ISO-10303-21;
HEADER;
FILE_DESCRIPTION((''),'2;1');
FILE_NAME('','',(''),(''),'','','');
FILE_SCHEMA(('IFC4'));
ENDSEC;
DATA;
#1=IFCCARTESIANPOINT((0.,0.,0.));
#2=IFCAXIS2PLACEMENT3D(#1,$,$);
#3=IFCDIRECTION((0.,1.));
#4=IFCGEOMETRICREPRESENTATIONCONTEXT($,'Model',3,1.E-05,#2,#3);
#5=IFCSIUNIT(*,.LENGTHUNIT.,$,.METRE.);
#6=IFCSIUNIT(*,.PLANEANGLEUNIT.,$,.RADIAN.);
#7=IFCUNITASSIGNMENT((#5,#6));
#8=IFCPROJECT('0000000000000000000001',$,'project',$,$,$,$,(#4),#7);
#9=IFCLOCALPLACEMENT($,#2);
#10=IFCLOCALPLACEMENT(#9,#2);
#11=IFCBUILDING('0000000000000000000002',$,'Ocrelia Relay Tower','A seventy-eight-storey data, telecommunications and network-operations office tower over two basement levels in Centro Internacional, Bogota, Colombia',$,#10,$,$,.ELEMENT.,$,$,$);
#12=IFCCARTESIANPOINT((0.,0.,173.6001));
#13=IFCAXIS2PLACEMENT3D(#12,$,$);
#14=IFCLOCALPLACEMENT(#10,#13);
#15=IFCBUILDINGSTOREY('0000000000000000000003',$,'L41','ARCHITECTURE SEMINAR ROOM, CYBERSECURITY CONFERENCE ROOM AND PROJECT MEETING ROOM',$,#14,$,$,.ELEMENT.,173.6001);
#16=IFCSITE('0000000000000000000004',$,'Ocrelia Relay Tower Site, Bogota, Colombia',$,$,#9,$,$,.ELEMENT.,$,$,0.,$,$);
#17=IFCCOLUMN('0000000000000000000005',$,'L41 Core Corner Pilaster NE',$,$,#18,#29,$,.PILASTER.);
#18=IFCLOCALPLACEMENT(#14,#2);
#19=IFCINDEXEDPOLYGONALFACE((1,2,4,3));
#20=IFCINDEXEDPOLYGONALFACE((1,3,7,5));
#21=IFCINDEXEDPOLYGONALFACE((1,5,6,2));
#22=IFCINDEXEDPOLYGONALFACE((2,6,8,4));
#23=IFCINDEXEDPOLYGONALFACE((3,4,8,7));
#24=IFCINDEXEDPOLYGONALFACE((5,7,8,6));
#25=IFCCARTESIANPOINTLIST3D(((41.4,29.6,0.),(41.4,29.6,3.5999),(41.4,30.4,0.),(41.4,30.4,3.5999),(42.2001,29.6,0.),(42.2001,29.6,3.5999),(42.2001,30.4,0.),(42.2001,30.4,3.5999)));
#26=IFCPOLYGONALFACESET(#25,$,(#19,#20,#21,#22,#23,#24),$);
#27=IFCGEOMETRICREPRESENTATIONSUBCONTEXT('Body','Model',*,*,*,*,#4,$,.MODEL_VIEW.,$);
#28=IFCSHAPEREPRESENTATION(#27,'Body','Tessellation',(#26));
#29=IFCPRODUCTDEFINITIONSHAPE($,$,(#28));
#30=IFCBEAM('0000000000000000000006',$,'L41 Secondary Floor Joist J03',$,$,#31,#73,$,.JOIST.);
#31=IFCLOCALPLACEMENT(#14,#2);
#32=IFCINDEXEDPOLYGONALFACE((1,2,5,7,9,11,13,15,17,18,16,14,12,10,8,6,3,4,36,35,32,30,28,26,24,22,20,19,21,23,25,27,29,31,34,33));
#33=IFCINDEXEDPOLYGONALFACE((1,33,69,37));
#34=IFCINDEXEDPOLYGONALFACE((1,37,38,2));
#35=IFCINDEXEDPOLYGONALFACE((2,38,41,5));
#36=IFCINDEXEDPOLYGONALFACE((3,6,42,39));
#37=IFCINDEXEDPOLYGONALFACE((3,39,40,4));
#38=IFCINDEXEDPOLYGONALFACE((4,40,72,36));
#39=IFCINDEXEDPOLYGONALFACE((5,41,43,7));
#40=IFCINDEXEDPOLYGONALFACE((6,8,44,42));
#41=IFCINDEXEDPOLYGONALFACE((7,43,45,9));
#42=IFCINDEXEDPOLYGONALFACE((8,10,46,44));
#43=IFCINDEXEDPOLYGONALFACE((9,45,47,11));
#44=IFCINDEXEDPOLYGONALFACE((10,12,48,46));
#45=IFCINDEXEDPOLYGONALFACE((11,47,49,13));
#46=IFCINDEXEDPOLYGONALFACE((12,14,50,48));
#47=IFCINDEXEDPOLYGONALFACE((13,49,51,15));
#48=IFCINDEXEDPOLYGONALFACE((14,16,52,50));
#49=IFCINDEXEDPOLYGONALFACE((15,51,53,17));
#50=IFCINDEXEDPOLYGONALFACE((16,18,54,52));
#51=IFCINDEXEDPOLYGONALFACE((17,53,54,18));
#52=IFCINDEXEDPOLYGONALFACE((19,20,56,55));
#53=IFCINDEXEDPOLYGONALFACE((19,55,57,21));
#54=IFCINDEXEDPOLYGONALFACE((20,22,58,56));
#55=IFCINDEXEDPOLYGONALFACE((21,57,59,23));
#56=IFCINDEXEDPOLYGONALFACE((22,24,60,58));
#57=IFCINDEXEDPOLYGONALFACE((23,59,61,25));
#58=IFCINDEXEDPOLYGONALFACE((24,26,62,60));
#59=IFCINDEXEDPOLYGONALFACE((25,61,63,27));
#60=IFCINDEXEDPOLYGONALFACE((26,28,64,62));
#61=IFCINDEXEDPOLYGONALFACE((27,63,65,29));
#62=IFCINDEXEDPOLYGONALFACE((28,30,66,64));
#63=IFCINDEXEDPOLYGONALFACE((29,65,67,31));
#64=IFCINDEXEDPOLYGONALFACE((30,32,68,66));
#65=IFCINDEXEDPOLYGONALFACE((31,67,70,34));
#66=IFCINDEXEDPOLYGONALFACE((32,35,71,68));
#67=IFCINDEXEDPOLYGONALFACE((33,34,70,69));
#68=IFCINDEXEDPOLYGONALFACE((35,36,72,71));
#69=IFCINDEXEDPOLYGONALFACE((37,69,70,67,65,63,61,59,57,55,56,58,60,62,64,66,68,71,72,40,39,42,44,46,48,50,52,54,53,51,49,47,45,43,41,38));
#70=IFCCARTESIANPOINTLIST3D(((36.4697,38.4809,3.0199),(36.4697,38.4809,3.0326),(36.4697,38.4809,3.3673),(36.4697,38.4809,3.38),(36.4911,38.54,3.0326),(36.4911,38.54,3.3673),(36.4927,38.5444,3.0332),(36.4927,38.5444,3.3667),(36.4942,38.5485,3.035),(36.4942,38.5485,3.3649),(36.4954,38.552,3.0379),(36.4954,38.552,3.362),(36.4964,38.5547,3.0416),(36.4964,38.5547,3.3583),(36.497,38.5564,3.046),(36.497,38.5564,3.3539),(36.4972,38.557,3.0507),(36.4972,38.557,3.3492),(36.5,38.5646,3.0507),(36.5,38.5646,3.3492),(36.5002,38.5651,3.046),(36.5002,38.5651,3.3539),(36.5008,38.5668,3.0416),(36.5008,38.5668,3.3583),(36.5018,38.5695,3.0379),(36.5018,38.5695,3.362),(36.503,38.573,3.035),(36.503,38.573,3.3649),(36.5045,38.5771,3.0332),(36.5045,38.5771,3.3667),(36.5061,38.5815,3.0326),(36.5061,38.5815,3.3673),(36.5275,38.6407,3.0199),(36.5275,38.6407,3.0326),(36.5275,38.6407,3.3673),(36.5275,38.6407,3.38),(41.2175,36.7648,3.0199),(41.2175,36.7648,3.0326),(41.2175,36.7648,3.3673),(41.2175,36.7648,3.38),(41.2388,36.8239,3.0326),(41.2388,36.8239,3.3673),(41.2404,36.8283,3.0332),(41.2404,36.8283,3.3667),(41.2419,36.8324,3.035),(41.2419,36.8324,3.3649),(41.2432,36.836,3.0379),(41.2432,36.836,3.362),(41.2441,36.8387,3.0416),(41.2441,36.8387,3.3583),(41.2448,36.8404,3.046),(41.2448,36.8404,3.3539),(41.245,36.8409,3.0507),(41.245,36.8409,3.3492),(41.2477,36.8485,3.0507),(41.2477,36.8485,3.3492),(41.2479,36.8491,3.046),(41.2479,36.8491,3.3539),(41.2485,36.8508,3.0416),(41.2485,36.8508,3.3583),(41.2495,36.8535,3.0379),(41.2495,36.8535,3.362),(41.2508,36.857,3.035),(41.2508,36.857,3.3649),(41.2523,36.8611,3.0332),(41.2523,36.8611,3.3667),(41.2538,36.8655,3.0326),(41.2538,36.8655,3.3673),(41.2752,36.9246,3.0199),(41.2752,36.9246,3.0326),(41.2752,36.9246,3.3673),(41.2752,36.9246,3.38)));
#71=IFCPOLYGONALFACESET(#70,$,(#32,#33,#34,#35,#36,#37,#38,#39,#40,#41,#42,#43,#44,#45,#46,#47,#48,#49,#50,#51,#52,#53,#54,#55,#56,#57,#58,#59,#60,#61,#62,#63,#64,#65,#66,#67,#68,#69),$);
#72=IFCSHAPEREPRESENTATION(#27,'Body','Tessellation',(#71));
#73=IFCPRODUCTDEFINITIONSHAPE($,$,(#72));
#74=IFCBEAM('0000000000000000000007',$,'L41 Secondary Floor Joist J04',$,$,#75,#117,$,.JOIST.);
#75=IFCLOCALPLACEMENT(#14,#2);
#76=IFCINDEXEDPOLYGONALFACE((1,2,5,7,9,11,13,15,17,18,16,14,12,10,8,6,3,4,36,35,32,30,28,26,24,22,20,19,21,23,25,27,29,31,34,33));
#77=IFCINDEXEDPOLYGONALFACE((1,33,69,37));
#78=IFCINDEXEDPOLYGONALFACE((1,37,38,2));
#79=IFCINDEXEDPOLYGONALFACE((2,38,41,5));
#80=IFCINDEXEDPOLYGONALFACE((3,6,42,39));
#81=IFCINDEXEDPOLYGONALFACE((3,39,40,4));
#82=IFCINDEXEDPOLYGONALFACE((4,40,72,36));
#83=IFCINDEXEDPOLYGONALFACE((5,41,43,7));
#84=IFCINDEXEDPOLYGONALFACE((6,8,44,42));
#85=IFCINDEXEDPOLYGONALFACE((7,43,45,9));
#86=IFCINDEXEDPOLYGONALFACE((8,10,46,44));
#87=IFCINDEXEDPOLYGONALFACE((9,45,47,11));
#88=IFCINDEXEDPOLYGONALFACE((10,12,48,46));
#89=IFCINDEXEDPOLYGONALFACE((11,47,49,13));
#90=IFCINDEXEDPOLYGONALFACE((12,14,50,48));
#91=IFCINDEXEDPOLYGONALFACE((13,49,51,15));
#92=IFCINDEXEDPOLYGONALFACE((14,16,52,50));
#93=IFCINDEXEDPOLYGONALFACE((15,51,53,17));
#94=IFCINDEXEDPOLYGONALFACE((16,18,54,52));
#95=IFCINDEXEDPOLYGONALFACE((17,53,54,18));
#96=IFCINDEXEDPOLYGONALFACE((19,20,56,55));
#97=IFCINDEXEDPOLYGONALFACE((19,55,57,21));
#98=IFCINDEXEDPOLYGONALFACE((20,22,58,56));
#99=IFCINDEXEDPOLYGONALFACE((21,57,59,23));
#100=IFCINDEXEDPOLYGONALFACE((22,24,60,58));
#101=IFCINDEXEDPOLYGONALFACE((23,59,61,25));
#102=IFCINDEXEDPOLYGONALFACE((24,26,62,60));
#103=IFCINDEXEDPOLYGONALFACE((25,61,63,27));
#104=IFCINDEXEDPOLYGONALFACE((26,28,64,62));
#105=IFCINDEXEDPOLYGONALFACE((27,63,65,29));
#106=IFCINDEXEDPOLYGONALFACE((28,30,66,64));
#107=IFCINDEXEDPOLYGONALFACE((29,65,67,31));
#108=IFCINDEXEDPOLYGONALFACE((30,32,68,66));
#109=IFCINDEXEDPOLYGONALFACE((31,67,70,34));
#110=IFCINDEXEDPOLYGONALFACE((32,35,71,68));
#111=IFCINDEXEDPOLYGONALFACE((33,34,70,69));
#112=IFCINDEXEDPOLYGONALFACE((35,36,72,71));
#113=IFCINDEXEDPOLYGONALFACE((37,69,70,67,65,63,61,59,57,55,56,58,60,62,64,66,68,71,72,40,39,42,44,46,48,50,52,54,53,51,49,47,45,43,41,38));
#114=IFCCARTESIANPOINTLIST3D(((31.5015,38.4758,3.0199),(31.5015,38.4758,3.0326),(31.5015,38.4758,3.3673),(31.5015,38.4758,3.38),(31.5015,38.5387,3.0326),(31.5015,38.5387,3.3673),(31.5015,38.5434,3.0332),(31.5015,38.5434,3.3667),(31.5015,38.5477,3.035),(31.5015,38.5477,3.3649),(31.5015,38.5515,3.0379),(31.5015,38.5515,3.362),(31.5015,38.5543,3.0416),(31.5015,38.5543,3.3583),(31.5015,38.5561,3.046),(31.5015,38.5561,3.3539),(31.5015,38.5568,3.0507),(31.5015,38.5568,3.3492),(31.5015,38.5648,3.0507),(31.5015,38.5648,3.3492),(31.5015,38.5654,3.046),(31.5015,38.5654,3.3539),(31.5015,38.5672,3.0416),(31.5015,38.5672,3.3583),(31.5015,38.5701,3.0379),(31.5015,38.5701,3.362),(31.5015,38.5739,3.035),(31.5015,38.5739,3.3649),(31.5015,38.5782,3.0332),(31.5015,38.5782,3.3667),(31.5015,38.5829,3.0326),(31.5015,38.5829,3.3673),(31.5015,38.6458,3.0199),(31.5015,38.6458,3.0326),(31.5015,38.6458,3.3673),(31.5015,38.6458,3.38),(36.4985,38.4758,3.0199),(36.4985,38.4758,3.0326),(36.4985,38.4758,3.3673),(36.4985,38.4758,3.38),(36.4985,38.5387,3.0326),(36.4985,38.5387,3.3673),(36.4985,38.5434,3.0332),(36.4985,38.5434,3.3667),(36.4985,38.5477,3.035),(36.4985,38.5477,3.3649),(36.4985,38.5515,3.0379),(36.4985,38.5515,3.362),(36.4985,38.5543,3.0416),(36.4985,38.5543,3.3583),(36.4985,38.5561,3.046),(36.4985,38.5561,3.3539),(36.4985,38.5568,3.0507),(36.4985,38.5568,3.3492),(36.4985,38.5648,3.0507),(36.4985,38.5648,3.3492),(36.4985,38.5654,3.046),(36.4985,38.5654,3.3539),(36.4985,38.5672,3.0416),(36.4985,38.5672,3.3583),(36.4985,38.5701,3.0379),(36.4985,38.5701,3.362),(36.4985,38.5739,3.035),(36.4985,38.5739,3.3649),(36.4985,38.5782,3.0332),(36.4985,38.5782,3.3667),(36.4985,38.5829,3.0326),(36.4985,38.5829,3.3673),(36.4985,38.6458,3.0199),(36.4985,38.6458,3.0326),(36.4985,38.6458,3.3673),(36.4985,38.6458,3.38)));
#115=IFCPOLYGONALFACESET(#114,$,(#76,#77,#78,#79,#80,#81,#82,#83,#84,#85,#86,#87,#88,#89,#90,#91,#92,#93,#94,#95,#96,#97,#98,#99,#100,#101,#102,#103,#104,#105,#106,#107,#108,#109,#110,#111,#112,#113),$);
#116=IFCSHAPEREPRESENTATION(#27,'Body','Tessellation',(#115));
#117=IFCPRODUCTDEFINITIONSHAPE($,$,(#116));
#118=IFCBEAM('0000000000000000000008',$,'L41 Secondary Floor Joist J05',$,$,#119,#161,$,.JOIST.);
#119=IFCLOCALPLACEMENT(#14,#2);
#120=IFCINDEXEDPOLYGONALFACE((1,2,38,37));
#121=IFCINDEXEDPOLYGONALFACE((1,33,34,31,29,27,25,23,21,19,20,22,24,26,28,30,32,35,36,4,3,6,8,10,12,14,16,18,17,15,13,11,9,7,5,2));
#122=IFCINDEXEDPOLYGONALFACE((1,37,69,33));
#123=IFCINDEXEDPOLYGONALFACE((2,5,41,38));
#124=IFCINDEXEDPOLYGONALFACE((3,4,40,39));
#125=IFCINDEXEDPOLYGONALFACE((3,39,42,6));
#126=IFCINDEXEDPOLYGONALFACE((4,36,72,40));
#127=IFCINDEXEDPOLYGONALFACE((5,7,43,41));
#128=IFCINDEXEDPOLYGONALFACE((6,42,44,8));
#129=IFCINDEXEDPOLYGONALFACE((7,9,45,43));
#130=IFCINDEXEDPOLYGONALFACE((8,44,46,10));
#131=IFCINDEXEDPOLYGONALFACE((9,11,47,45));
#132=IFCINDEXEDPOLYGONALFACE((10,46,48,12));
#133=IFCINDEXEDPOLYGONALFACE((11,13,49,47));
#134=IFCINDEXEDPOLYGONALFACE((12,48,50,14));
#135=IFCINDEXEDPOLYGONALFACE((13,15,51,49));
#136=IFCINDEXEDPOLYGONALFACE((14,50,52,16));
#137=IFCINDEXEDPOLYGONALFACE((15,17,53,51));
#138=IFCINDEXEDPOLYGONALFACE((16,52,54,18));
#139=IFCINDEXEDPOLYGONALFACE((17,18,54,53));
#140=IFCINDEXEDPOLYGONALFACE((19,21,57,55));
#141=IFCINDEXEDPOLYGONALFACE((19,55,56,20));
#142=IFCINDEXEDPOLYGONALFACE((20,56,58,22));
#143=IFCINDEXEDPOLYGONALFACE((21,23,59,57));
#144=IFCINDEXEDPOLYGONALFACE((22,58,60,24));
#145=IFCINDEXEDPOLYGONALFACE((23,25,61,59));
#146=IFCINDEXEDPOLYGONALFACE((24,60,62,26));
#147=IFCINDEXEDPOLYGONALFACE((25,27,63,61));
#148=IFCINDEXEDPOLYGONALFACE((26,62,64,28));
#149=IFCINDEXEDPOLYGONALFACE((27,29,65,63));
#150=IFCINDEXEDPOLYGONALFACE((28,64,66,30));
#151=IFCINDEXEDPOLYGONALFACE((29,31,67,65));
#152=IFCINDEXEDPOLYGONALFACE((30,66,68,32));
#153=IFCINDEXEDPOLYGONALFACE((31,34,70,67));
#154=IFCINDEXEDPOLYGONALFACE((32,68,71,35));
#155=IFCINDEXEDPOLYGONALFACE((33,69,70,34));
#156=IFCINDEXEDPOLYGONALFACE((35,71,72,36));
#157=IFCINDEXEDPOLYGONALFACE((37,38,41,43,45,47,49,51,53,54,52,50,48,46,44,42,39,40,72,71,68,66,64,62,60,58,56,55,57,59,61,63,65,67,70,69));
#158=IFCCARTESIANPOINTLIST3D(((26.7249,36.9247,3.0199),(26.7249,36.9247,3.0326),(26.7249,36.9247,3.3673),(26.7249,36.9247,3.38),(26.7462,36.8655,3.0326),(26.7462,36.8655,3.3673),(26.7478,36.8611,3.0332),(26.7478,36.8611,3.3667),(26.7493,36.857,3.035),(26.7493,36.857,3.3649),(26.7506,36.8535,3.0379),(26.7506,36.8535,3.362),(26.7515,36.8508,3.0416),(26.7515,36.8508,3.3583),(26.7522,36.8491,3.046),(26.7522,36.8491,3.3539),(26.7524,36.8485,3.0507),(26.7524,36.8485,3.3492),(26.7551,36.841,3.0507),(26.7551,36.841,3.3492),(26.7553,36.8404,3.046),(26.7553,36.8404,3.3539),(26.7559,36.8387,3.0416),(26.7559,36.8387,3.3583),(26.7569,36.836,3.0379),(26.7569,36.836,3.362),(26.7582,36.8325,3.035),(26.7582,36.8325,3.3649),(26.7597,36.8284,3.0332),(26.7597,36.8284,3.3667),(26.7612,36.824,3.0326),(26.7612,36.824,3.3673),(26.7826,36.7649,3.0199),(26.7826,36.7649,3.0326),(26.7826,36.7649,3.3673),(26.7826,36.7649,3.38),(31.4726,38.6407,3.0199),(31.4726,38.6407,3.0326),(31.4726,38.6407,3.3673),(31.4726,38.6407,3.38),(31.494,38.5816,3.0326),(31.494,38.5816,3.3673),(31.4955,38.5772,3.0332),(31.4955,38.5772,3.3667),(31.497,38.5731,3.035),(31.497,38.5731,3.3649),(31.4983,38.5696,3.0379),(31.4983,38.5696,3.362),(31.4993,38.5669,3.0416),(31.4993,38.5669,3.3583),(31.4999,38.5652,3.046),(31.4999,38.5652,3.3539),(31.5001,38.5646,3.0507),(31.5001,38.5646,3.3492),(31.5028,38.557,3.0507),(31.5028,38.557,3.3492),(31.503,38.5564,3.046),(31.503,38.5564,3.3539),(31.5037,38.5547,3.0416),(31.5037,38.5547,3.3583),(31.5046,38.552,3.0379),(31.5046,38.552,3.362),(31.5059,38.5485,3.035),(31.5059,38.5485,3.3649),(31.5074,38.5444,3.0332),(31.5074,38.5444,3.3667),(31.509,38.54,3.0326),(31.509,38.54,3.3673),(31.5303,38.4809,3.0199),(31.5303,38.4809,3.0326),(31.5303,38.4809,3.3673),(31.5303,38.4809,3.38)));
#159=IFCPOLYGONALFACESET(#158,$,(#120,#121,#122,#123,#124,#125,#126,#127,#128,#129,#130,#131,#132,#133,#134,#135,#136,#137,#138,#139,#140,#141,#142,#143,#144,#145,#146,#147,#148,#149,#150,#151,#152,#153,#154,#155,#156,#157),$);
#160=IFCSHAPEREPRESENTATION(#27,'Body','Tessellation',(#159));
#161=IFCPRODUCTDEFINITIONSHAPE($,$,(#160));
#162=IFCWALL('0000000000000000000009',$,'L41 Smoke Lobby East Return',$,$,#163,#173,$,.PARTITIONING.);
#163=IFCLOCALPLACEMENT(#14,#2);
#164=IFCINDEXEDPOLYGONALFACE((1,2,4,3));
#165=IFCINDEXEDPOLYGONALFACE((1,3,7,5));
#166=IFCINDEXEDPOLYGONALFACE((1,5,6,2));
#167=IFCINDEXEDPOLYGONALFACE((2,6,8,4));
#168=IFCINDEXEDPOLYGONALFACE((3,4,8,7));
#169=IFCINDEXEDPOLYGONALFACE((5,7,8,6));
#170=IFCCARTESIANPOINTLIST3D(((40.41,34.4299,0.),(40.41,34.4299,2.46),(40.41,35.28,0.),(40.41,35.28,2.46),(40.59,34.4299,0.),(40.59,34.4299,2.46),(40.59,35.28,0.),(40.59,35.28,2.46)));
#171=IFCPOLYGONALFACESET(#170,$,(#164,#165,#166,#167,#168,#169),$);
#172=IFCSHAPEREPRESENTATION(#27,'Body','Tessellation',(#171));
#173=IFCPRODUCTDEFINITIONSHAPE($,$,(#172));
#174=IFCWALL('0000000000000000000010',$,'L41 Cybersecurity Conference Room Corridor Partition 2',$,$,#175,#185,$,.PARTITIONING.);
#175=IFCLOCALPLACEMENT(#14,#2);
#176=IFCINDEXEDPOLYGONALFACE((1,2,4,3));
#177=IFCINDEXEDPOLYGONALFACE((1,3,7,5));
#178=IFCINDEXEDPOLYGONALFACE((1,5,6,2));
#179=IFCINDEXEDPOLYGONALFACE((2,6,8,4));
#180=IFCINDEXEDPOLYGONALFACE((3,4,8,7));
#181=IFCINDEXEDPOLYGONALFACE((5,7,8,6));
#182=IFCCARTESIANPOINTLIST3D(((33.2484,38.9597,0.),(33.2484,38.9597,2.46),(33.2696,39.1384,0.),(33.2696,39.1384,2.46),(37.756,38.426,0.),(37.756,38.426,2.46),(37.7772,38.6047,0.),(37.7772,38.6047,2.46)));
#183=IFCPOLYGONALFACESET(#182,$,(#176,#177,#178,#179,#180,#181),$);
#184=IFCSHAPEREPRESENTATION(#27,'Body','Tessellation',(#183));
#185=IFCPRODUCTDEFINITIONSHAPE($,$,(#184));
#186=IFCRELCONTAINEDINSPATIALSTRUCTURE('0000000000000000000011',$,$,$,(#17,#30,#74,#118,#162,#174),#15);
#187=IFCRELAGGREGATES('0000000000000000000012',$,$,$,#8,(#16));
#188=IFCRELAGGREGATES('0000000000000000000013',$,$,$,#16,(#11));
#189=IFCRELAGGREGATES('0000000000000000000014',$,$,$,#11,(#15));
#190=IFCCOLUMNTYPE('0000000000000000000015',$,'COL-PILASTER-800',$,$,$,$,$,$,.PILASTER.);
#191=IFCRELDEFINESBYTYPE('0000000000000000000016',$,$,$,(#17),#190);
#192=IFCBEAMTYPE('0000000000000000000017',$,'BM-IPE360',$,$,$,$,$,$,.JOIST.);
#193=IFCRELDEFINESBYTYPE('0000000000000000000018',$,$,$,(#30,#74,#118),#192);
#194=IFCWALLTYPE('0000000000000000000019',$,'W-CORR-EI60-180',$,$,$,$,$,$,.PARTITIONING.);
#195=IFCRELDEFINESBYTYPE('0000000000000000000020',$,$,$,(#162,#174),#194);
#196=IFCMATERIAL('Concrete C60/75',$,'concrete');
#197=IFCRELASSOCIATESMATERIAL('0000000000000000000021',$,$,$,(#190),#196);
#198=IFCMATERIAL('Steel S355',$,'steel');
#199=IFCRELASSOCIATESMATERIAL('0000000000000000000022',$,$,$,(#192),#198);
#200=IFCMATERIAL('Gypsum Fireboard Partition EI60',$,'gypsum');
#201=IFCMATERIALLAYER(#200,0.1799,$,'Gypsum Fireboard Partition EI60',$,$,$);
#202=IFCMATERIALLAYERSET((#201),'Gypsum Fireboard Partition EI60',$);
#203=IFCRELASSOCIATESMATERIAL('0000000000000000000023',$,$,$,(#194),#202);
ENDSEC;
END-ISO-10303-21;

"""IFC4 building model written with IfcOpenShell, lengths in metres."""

from ifc_helpers import new_model, si_unit, direction, frame, frame_2d, origin, origin_2d, place, context, subcontext, project, spatial, rectangle, i_section, extrude, material, layer, layer_set, material_profile, profile_set, type_object, element, save


model = new_model("IFC4")

# Units and contexts
model_context = context("Model", 3, precision=1e-05, world=origin(), true_north=direction((0.0, 1.0)))
body_context = subcontext(model_context, "Body", "Model", "MODEL_VIEW")
ifc_project = project(units=[si_unit("LENGTHUNIT", "METRE"), si_unit("PLANEANGLEUNIT", "RADIAN")], contexts=[model_context])

# Site, building, storey
site_placement = place(None, origin())
site = spatial("IfcSite", under=ifc_project, at=site_placement, Name="Ocrelia Relay Tower Site, Bogota, Colombia", CompositionType="ELEMENT", RefElevation=0.0)
building_placement = place(site_placement, origin())
building = spatial("IfcBuilding", under=site, at=building_placement, Name="Ocrelia Relay Tower", Description="A seventy-eight-storey data, telecommunications and network-operations office tower over two basement levels in Centro Internacional, Bogota, Colombia", CompositionType="ELEMENT")
storey_placement = place(building_placement, frame((0.0, 0.0, 173.6001)))
storey = spatial("IfcBuildingStorey", under=building, at=storey_placement, Name="L41", Description="ARCHITECTURE SEMINAR ROOM, CYBERSECURITY CONFERENCE ROOM AND PROJECT MEETING ROOM", CompositionType="ELEMENT", Elevation=173.6001)

# Column
ifc_material_1 = material(Name="Concrete C60/75", Category="concrete")
ifc_material_profile_1 = material_profile(ifc_material_1, rectangle(XDim=0.8, YDim=0.8, at=origin_2d()), Name="RC-COL-800x800")
ifc_profile_set_1 = profile_set([ifc_material_profile_1], Name="Concrete C60/75")
column_type = type_object("IfcColumnType", Name="COL-PILASTER-800", PredefinedType="PILASTER", material=ifc_profile_set_1)
column_placement = place(storey_placement, frame((41.8, 30.0, 0.0), z_axis=(0.0, 0.0, 1.0), x_axis=(1.0, 0.0, 0.0)))
element("IfcColumn", 1, at=column_placement, inside=storey, type_object=column_type, Name="L41 Core Corner Pilaster NE", PredefinedType="PILASTER", context=body_context, shape_type="SweptSolid", body=[
    extrude(rectangle(XDim=0.8, YDim=0.8, at=origin_2d()), origin(), (0.0, 0.0, 1.0), 3.5999),
])

# Beams
ifc_material_2 = material(Name="Steel S355", Category="steel")
ifc_material_profile_2 = material_profile(ifc_material_2, i_section(OverallWidth=0.1699, OverallDepth=0.3601, WebThickness=0.0081, FlangeThickness=0.0127, FilletRadius=0.0181, at=origin_2d()), Name="IPE 360")
ifc_profile_set_2 = profile_set([ifc_material_profile_2], Name="Steel S355")
beam_type = type_object("IfcBeamType", Name="BM-IPE360", PredefinedType="JOIST", material=ifc_profile_set_2)
beam_1_placement = place(storey_placement, frame((41.2463, 36.8447, 3.2), z_axis=(-0.940454, 0.339921, 0.0), x_axis=(-0.339921, -0.940454, 0.0)))
element("IfcBeam", 2, at=beam_1_placement, inside=storey, type_object=beam_type, Name="L41 Secondary Floor Joist J03", PredefinedType="JOIST", context=body_context, shape_type="SweptSolid", body=[
    extrude(i_section(OverallWidth=0.1699, OverallDepth=0.3601, WebThickness=0.0081, FlangeThickness=0.0127, FilletRadius=0.0181, at=origin_2d()), origin(), (0.0, 0.0, 1.0), 5.0483),
])
beam_2_placement = place(storey_placement, frame((36.4985, 38.5608, 3.2), z_axis=(-1.0, 0.0, 0.0), x_axis=(0.0, -1.0, 0.0)))
element("IfcBeam", 3, at=beam_2_placement, inside=storey, type_object=beam_type, Name="L41 Secondary Floor Joist J04", PredefinedType="JOIST", context=body_context, shape_type="SweptSolid", body=[
    extrude(i_section(OverallWidth=0.1699, OverallDepth=0.3601, WebThickness=0.0081, FlangeThickness=0.0127, FilletRadius=0.0181, at=origin_2d()), origin(), (0.0, 0.0, 1.0), 4.9971),
])
beam_3_placement = place(storey_placement, frame((31.5015, 38.5608, 3.2), z_axis=(-0.940454, -0.339921, 0.0), x_axis=(0.339921, -0.940454, 0.0)))
element("IfcBeam", 4, at=beam_3_placement, inside=storey, type_object=beam_type, Name="L41 Secondary Floor Joist J05", PredefinedType="JOIST", context=body_context, shape_type="SweptSolid", body=[
    extrude(i_section(OverallWidth=0.1699, OverallDepth=0.3601, WebThickness=0.0081, FlangeThickness=0.0127, FilletRadius=0.0181, at=origin_2d()), origin(), (0.0, 0.0, 1.0), 5.0483),
])

# Wall
ifc_material_3 = material(Name="Gypsum Fireboard Partition EI60", Category="gypsum")
ifc_layer_1 = layer(ifc_material_3, 0.1799, Name="Gypsum Fireboard Partition EI60")
ifc_layer_set_1 = layer_set([ifc_layer_1], Name="Gypsum Fireboard Partition EI60")
wall_type_1 = type_object("IfcWallType", Name="W-CORR-EI60-180", PredefinedType="PARTITIONING", material=ifc_layer_set_1)
wall_1_placement = place(storey_placement, frame((40.5, 35.28, 0.0), z_axis=(0.0, 0.0, 1.0), x_axis=(0.0, -1.0, 0.0)))
element("IfcWall", 5, at=wall_1_placement, inside=storey, type_object=wall_type_1, Name="L41 Smoke Lobby East Return", PredefinedType="PARTITIONING", context=body_context, shape_type="SweptSolid", body=[
    extrude(rectangle(XDim=0.8501, YDim=0.1799, at=frame_2d((0.425, 0.0))), origin(), (0.0, 0.0, 1.0), 2.46),
])

# Wall
wall_2_placement = place(storey_placement, frame((37.7666, 38.5154, 0.0), z_axis=(0.0, 0.0, 1.0), x_axis=(-0.993064, 0.117578, 0.0)))
element("IfcWall", 6, at=wall_2_placement, inside=storey, type_object=wall_type_1, Name="L41 Cybersecurity Conference Room Corridor Partition 2", PredefinedType="PARTITIONING", context=body_context, shape_type="SweptSolid", body=[
    extrude(rectangle(XDim=4.5391, YDim=0.1799, at=frame_2d((2.2695, 0.0))), origin(), (0.0, 0.0, 1.0), 2.46),
])

save(model, "model.ifc")
